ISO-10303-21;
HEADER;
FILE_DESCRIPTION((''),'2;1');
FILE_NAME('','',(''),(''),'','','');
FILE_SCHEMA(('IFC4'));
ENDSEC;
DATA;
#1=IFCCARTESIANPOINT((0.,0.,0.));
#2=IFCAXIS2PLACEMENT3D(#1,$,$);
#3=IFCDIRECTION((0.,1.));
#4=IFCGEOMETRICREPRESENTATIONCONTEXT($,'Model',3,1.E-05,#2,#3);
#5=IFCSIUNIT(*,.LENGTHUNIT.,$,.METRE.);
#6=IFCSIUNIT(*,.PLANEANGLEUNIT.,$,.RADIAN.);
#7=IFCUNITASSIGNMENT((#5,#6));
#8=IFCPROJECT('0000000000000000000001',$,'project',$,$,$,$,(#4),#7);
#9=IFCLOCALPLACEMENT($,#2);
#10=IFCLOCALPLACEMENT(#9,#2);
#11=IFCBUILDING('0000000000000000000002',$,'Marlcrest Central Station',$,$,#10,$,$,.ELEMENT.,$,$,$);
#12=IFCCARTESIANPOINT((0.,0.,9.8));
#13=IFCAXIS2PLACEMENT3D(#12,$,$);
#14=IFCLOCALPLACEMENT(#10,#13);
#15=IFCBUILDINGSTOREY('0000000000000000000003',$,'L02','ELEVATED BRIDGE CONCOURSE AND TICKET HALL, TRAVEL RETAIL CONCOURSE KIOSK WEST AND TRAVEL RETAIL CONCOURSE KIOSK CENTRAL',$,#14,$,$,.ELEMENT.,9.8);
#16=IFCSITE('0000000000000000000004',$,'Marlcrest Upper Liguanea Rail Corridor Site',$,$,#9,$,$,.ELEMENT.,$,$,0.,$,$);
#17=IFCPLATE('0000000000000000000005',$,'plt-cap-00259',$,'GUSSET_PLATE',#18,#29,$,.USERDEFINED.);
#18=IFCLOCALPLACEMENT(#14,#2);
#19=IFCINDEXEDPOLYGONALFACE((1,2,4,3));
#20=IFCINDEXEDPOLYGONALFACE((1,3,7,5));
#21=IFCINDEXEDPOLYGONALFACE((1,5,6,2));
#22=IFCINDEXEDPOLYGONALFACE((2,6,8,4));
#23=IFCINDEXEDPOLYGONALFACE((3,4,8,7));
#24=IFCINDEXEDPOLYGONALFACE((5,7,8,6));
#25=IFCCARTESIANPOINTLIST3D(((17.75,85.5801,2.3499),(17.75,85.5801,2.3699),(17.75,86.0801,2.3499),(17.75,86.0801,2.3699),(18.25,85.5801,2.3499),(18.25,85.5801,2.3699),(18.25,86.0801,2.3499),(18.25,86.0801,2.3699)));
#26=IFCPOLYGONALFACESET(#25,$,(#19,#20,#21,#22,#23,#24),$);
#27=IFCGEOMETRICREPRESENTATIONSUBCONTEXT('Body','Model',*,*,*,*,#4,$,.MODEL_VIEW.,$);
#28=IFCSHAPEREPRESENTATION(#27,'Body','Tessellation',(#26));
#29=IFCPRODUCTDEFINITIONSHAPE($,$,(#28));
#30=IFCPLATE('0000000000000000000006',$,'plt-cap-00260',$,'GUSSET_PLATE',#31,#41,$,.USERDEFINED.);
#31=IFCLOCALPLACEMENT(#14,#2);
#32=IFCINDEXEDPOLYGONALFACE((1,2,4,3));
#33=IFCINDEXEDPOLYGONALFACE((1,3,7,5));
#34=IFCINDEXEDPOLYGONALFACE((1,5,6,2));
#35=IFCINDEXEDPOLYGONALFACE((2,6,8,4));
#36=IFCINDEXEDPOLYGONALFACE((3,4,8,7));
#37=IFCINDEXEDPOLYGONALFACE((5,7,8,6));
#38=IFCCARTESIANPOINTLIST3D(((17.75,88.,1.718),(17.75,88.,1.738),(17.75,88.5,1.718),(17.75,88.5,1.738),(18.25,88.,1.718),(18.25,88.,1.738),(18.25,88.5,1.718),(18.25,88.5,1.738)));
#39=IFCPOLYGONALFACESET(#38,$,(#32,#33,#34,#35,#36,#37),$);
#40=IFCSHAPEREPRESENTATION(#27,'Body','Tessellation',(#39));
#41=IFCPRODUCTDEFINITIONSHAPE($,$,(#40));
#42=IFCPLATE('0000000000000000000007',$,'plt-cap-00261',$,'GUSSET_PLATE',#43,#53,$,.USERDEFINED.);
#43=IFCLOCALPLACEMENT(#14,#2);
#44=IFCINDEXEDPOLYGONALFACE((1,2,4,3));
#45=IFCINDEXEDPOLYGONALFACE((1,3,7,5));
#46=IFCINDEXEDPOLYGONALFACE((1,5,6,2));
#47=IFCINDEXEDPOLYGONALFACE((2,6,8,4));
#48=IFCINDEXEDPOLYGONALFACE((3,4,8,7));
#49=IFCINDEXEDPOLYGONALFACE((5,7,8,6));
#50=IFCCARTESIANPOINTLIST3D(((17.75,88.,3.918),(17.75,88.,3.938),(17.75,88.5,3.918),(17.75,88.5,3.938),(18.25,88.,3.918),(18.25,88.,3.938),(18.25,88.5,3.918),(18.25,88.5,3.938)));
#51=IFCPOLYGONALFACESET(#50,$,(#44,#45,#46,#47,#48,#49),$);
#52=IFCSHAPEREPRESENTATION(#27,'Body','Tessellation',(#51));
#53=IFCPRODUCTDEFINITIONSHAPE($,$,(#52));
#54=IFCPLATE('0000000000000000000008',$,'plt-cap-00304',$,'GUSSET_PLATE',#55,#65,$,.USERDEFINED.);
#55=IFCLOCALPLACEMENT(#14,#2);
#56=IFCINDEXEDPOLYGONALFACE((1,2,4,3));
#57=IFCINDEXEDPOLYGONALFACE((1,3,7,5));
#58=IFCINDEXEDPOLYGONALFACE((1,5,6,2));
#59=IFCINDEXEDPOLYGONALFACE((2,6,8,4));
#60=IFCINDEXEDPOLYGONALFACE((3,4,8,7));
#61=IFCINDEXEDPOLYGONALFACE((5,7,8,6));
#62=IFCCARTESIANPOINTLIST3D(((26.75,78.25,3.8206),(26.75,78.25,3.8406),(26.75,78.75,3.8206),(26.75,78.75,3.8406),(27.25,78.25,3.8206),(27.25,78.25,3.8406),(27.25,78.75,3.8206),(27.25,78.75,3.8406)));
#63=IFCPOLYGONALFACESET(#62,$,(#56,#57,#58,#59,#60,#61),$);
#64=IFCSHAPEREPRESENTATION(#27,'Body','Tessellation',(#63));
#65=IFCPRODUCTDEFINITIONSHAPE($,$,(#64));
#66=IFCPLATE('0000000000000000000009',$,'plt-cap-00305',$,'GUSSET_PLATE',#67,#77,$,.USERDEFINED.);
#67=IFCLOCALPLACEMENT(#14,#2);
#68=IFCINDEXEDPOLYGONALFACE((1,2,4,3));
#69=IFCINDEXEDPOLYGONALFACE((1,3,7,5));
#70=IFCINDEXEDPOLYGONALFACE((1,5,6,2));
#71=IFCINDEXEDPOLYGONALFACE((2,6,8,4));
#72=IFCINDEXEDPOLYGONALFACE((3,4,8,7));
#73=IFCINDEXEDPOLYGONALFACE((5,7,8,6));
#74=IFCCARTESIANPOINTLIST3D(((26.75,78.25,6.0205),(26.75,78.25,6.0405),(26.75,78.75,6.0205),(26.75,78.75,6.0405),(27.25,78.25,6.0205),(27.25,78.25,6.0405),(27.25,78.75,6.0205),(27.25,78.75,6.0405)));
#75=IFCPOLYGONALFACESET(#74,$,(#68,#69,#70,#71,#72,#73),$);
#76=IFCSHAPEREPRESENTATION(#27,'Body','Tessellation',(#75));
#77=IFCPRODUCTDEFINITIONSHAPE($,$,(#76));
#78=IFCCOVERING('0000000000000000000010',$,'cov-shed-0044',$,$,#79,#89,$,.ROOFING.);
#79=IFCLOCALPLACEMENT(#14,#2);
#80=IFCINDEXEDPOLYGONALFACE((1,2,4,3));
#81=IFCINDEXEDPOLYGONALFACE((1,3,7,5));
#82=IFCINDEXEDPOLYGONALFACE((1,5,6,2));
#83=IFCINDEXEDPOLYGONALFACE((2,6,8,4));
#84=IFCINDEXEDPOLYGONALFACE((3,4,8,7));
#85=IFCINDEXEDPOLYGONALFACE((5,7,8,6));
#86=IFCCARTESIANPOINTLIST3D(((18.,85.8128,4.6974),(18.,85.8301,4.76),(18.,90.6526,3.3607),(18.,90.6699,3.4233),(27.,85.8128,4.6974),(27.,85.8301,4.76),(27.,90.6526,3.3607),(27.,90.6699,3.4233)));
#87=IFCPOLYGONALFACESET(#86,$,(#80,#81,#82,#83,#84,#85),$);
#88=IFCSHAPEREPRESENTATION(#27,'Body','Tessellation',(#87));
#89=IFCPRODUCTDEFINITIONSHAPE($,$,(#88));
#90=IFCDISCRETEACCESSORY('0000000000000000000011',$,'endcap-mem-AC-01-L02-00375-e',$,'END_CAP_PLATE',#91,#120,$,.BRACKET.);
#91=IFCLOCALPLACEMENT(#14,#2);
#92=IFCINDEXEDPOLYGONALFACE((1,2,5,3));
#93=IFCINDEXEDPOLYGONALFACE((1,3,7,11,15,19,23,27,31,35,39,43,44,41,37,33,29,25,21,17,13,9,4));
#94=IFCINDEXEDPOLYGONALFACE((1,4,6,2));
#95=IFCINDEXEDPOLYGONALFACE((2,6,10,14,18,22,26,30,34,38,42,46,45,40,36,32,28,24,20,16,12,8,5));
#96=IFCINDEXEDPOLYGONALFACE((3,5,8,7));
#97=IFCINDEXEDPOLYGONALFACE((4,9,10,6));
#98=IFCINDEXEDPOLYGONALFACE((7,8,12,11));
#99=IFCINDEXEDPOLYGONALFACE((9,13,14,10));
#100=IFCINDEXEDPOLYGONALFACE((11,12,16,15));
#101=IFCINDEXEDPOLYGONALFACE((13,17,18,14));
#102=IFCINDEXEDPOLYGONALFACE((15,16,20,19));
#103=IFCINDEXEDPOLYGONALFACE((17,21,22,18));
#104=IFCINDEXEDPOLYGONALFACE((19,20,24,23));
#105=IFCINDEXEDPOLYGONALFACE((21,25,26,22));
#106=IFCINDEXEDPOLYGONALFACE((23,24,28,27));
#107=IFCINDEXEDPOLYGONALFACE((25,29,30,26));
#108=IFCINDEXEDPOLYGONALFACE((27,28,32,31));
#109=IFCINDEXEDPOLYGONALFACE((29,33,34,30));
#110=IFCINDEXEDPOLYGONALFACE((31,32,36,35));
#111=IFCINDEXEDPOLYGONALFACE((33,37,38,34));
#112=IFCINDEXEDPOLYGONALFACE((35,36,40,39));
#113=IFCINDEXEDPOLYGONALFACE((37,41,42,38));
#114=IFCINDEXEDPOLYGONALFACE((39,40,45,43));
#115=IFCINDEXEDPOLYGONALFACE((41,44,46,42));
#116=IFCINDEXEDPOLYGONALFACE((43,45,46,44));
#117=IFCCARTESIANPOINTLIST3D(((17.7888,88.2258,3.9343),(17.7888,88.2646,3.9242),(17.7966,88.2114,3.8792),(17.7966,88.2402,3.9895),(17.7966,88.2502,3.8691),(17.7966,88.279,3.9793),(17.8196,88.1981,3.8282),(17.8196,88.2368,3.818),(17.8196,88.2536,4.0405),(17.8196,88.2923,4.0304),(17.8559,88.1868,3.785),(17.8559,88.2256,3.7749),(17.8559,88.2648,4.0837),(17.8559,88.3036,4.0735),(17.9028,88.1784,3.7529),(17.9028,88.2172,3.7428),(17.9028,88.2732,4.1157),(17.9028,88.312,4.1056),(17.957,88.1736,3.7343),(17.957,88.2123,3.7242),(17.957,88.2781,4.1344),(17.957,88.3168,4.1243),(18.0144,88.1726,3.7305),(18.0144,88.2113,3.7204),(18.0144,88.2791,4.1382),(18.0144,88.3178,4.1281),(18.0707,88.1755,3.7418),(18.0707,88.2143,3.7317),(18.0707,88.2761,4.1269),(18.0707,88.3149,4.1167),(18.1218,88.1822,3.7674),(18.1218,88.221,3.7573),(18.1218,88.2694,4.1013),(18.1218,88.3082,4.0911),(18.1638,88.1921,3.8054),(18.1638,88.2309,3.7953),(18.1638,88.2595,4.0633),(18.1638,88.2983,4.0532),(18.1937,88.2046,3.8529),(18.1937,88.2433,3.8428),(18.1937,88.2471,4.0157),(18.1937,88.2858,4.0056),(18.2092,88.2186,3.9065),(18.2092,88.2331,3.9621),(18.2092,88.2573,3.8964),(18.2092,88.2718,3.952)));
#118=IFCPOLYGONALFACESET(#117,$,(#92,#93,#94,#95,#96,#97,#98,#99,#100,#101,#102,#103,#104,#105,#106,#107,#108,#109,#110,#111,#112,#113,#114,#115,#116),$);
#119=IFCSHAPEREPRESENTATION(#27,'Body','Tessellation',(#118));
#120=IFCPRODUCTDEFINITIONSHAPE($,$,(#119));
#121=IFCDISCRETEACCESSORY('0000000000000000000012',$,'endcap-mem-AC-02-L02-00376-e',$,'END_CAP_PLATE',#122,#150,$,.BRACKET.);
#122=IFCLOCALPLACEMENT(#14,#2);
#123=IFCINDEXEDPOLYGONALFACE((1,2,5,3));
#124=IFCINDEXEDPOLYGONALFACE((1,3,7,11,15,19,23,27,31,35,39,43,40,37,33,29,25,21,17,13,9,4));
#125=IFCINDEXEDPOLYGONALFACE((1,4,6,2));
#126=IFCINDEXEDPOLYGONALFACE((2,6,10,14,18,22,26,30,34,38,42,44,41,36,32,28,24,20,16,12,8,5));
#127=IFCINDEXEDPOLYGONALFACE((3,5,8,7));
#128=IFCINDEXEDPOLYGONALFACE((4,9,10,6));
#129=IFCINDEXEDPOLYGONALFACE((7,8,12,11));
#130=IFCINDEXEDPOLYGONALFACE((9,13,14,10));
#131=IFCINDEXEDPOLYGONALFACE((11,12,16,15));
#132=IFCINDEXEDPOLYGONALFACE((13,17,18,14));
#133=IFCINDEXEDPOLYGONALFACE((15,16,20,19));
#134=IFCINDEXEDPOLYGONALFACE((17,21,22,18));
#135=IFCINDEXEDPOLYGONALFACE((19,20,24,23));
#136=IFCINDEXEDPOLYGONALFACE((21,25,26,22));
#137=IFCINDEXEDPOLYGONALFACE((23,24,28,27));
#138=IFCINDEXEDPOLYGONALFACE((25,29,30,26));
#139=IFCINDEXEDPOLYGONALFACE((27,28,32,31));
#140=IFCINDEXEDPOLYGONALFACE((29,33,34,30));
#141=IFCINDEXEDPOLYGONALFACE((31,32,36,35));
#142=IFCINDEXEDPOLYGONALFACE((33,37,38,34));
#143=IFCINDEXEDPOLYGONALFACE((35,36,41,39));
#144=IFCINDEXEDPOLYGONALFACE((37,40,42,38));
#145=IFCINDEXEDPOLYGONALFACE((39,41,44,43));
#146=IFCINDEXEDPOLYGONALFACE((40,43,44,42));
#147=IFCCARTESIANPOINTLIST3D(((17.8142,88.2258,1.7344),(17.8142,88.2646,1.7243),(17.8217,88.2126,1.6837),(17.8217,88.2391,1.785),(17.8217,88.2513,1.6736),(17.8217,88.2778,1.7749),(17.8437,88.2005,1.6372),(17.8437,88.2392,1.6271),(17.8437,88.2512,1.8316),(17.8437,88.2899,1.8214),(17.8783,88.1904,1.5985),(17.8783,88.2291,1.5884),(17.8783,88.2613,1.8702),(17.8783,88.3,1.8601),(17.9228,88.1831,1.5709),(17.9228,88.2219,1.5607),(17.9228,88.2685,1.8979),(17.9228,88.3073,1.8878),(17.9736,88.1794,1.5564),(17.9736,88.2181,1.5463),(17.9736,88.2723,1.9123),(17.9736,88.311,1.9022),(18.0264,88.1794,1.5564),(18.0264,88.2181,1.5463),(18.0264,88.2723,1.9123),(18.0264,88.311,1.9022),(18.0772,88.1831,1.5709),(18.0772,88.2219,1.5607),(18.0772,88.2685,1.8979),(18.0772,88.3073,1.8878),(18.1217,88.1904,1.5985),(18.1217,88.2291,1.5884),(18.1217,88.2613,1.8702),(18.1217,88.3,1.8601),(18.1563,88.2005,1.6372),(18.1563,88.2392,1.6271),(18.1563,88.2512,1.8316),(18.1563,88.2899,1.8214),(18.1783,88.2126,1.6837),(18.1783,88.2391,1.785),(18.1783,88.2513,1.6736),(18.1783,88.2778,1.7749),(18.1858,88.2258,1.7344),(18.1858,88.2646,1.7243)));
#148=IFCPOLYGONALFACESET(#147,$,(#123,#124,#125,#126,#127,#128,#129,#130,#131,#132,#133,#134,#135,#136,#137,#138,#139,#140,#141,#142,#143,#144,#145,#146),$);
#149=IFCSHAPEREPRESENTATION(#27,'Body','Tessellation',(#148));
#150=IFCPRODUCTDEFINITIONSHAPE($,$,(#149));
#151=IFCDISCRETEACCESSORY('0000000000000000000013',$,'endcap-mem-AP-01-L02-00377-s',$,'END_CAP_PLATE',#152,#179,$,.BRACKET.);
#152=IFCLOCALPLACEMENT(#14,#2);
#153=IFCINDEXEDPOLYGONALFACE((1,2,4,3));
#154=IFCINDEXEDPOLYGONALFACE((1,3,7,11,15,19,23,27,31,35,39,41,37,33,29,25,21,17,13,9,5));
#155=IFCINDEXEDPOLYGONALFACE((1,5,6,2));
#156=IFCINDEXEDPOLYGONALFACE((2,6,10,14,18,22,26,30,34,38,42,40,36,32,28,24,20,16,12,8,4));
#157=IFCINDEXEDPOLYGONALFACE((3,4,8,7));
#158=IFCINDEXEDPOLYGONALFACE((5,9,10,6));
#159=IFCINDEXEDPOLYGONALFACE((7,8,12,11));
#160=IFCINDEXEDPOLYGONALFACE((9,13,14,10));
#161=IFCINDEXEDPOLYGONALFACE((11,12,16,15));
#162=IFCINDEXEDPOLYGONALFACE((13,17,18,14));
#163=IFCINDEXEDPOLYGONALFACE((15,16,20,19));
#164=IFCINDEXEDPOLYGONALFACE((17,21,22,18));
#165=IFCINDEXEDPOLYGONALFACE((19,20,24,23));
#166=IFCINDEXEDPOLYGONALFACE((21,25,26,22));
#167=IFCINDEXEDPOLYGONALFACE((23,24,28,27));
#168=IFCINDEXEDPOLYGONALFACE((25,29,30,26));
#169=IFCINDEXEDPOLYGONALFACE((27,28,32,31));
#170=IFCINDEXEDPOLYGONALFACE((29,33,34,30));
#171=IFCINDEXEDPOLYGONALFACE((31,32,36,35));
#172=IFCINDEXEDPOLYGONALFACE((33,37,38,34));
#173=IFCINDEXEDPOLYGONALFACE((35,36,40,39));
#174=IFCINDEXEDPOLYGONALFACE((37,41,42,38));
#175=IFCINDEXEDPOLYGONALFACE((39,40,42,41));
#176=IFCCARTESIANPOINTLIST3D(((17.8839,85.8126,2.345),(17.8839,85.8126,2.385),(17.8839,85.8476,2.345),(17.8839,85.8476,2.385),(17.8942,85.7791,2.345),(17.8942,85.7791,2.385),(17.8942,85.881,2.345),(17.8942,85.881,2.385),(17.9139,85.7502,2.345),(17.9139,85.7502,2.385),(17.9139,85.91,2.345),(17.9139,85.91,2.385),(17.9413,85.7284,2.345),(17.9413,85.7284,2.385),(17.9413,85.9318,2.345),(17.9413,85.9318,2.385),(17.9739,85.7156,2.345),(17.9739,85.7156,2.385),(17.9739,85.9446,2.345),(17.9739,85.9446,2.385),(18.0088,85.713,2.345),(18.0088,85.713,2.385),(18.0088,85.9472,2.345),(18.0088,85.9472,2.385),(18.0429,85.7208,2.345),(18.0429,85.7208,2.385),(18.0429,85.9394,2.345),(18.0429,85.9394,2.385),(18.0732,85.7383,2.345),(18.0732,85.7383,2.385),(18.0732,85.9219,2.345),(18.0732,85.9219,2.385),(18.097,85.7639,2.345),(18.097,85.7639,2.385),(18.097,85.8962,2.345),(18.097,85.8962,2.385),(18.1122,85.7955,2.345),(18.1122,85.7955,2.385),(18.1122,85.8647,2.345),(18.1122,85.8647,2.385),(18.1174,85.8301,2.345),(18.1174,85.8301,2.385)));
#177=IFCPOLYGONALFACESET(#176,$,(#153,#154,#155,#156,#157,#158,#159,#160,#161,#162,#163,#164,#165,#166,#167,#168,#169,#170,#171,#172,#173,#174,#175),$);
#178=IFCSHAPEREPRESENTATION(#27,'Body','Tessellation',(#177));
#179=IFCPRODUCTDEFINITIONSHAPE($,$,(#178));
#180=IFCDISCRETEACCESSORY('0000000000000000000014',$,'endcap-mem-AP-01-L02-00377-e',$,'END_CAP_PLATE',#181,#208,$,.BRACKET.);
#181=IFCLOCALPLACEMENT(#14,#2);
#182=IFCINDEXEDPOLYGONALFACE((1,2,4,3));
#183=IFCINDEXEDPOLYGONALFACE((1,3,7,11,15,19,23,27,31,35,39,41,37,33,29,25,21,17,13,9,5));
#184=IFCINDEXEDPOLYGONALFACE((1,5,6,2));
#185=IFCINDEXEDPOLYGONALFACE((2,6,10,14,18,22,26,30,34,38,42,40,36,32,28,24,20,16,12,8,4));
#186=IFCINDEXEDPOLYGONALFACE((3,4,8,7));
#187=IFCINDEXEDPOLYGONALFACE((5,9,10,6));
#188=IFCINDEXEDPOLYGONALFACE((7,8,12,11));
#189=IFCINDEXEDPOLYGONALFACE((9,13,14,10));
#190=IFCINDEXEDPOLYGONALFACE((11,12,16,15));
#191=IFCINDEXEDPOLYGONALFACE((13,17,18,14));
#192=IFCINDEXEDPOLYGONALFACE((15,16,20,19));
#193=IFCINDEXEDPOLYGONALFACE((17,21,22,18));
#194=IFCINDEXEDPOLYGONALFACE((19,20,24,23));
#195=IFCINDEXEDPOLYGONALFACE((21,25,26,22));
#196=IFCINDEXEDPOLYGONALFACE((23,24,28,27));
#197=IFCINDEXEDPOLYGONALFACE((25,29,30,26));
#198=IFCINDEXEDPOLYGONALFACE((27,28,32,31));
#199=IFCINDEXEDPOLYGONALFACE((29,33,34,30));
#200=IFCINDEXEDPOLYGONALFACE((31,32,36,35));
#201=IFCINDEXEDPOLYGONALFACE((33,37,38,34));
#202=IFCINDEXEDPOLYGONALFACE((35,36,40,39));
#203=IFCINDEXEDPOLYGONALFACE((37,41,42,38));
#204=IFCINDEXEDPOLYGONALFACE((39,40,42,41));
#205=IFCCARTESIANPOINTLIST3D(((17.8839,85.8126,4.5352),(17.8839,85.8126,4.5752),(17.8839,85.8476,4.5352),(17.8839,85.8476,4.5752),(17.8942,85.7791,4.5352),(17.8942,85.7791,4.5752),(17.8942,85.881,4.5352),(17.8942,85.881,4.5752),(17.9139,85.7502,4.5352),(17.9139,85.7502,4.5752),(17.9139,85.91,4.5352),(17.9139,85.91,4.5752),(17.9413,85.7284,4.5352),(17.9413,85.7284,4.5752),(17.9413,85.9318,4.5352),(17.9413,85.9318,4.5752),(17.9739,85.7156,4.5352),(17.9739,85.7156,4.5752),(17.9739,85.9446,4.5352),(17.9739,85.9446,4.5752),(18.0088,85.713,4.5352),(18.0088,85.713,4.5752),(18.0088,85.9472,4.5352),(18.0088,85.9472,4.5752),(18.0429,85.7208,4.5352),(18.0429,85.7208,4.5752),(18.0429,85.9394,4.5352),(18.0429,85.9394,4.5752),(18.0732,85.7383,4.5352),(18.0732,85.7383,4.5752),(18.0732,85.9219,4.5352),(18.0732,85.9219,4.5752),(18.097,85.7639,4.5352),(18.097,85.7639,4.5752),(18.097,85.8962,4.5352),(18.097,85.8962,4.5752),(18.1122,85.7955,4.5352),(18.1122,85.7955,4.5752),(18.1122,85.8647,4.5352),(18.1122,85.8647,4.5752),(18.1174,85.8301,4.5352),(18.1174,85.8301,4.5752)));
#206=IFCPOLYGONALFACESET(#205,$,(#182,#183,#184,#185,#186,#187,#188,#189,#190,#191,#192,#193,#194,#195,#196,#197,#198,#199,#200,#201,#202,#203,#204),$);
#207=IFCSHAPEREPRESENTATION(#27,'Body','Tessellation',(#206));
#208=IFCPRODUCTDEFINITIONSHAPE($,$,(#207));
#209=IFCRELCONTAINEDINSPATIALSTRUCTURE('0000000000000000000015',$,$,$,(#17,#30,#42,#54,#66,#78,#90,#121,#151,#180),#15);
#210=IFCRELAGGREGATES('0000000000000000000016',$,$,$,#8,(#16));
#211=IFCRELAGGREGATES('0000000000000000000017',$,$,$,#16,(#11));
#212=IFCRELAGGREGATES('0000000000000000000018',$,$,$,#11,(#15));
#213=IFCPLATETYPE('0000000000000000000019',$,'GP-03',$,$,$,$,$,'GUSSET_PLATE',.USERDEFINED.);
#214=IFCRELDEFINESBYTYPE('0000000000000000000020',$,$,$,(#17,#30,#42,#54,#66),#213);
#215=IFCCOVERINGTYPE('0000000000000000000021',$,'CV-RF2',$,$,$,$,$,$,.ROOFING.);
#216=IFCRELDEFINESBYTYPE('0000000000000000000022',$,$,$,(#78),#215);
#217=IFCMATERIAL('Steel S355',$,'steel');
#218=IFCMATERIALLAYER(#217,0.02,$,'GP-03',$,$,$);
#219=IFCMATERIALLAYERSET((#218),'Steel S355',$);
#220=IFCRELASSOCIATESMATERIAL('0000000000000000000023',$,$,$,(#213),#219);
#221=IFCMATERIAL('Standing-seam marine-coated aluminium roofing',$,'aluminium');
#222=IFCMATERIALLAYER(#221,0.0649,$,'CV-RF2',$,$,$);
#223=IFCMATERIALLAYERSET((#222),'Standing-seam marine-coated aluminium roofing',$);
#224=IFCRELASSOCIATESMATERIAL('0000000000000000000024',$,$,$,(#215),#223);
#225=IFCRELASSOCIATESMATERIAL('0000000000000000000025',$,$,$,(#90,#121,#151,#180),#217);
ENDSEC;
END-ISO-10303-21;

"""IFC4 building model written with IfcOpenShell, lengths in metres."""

from ifc_helpers import new_model, si_unit, direction, frame, origin, origin_2d, place, context, subcontext, project, spatial, polyline, rectangle, circle, outline, extrude, material, layer, layer_set, type_object, element, save


model = new_model("IFC4")

# Units and contexts
model_context = context("Model", 3, precision=1e-05, world=origin(), true_north=direction((0.0, 1.0)))
body_context = subcontext(model_context, "Body", "Model", "MODEL_VIEW")
ifc_project = project(units=[si_unit("LENGTHUNIT", "METRE"), si_unit("PLANEANGLEUNIT", "RADIAN")], contexts=[model_context])

# Site, building, storey
site_placement = place(None, origin())
site = spatial("IfcSite", under=ifc_project, at=site_placement, Name="Marlcrest Upper Liguanea Rail Corridor Site", CompositionType="ELEMENT", RefElevation=0.0)
building_placement = place(site_placement, origin())
building = spatial("IfcBuilding", under=site, at=building_placement, Name="Marlcrest Central Station", CompositionType="ELEMENT")
storey_placement = place(building_placement, frame((0.0, 0.0, 9.8)))
storey = spatial("IfcBuildingStorey", under=building, at=storey_placement, Name="L02", Description="ELEVATED BRIDGE CONCOURSE AND TICKET HALL, TRAVEL RETAIL CONCOURSE KIOSK WEST AND TRAVEL RETAIL CONCOURSE KIOSK CENTRAL", CompositionType="ELEMENT", Elevation=9.8)

# Shared definitions
ifc_material_1 = material(Name="Steel S355", Category="steel")

# Plates
ifc_layer_1 = layer(ifc_material_1, 0.02, Name="GP-03")
ifc_layer_set_1 = layer_set([ifc_layer_1], Name="Steel S355")
plate_type = type_object("IfcPlateType", Name="GP-03", ElementType="GUSSET_PLATE", PredefinedType="USERDEFINED", material=ifc_layer_set_1)
for number, where, z_axis, x_axis, name in (
    (1, (18.0, 85.8301, 2.3499), (0.0, 0.0, 1.0), (1.0, 0.0, 0.0), "plt-cap-00259"),
    (2, (18.0, 88.25, 1.718), (0.0, 0.0, 1.0), (1.0, 0.0, 0.0), "plt-cap-00260"),
    (3, (18.0, 88.25, 3.918), (0.0, 0.0, 1.0), (1.0, 0.0, 0.0), "plt-cap-00261"),
    (4, (27.0, 78.5, 3.8206), (0.0, 0.0, 1.0), (1.0, 0.0, 0.0), "plt-cap-00304"),
    (5, (27.0, 78.5, 6.0205), (0.0, 0.0, 1.0), (1.0, 0.0, 0.0), "plt-cap-00305"),
):
    element("IfcPlate", number, at=place(storey_placement, frame(where, z_axis=z_axis, x_axis=x_axis)), inside=storey, type_object=plate_type, Name=name, ObjectType="GUSSET_PLATE", PredefinedType="USERDEFINED", context=body_context, shape_type="SweptSolid", body=[
        extrude(rectangle(XDim=0.5, YDim=0.5, at=origin_2d()), origin(), (0.0, 0.0, 1.0), 0.02),
    ])

# Covering
ifc_material_2 = material(Name="Standing-seam marine-coated aluminium roofing", Category="aluminium")
ifc_layer_2 = layer(ifc_material_2, 0.0649, Name="CV-RF2")
ifc_layer_set_2 = layer_set([ifc_layer_2], Name="Standing-seam marine-coated aluminium roofing")
covering_type = type_object("IfcCoveringType", Name="CV-RF2", PredefinedType="ROOFING", material=ifc_layer_set_2)
covering_placement = place(storey_placement, frame((18.0, 85.8301, 4.76), z_axis=(0.0, 0.266214, 0.963914), x_axis=(1.0, 0.0, 0.0)))
element("IfcCovering", 6, at=covering_placement, inside=storey, type_object=covering_type, Name="cov-shed-0044", PredefinedType="ROOFING", context=body_context, shape_type="SweptSolid", body=[
    extrude(outline(polyline([(0.0, 0.0), (9.0, 0.0), (9.0, 5.021), (0.0, 5.021), (0.0, 0.0)])), origin(), (0.0, 0.0, -1.0), 0.0649),
])

# Discrete accessories
discrete_accessory_1_placement = place(storey_placement, frame((18.0, 88.2258, 3.9343), z_axis=(0.0, 0.967539, -0.25272), x_axis=(-1.0, 0.0, 0.0)))
element("IfcDiscreteAccessory", 7, at=discrete_accessory_1_placement, inside=storey, material=ifc_material_1, Name="endcap-mem-AC-01-L02-00375-e", ObjectType="END_CAP_PLATE", PredefinedType="BRACKET", context=body_context, shape_type="SweptSolid", body=[
    extrude(circle(Radius=0.2112, at=origin_2d()), origin(), (0.0, 0.0, 1.0), 0.04),
])
discrete_accessory_2_placement = place(storey_placement, frame((18.0, 88.2258, 1.7344), z_axis=(0.0, 0.967563, -0.252629), x_axis=(-1.0, 0.0, 0.0)))
element("IfcDiscreteAccessory", 8, at=discrete_accessory_2_placement, inside=storey, material=ifc_material_1, Name="endcap-mem-AC-02-L02-00376-e", ObjectType="END_CAP_PLATE", PredefinedType="BRACKET", context=body_context, shape_type="SweptSolid", body=[
    extrude(circle(Radius=0.1858, at=origin_2d()), origin(), (0.0, 0.0, 1.0), 0.04),
])
for number, where, z_axis, x_axis, name in (
    (9, (18.0, 85.8301, 2.345), (0.0, 0.0, 1.0), (1.0, 0.0, 0.0), "endcap-mem-AP-01-L02-00377-s"),
    (10, (18.0, 85.8301, 4.5352), (0.0, 0.0, 1.0), (1.0, 0.0, 0.0), "endcap-mem-AP-01-L02-00377-e"),
):
    element("IfcDiscreteAccessory", number, at=place(storey_placement, frame(where, z_axis=z_axis, x_axis=x_axis)), inside=storey, material=ifc_material_1, Name=name, ObjectType="END_CAP_PLATE", PredefinedType="BRACKET", context=body_context, shape_type="SweptSolid", body=[
        extrude(circle(Radius=0.1174, at=origin_2d()), origin(), (0.0, 0.0, 1.0), 0.04),
    ])

save(model, "model.ifc")
